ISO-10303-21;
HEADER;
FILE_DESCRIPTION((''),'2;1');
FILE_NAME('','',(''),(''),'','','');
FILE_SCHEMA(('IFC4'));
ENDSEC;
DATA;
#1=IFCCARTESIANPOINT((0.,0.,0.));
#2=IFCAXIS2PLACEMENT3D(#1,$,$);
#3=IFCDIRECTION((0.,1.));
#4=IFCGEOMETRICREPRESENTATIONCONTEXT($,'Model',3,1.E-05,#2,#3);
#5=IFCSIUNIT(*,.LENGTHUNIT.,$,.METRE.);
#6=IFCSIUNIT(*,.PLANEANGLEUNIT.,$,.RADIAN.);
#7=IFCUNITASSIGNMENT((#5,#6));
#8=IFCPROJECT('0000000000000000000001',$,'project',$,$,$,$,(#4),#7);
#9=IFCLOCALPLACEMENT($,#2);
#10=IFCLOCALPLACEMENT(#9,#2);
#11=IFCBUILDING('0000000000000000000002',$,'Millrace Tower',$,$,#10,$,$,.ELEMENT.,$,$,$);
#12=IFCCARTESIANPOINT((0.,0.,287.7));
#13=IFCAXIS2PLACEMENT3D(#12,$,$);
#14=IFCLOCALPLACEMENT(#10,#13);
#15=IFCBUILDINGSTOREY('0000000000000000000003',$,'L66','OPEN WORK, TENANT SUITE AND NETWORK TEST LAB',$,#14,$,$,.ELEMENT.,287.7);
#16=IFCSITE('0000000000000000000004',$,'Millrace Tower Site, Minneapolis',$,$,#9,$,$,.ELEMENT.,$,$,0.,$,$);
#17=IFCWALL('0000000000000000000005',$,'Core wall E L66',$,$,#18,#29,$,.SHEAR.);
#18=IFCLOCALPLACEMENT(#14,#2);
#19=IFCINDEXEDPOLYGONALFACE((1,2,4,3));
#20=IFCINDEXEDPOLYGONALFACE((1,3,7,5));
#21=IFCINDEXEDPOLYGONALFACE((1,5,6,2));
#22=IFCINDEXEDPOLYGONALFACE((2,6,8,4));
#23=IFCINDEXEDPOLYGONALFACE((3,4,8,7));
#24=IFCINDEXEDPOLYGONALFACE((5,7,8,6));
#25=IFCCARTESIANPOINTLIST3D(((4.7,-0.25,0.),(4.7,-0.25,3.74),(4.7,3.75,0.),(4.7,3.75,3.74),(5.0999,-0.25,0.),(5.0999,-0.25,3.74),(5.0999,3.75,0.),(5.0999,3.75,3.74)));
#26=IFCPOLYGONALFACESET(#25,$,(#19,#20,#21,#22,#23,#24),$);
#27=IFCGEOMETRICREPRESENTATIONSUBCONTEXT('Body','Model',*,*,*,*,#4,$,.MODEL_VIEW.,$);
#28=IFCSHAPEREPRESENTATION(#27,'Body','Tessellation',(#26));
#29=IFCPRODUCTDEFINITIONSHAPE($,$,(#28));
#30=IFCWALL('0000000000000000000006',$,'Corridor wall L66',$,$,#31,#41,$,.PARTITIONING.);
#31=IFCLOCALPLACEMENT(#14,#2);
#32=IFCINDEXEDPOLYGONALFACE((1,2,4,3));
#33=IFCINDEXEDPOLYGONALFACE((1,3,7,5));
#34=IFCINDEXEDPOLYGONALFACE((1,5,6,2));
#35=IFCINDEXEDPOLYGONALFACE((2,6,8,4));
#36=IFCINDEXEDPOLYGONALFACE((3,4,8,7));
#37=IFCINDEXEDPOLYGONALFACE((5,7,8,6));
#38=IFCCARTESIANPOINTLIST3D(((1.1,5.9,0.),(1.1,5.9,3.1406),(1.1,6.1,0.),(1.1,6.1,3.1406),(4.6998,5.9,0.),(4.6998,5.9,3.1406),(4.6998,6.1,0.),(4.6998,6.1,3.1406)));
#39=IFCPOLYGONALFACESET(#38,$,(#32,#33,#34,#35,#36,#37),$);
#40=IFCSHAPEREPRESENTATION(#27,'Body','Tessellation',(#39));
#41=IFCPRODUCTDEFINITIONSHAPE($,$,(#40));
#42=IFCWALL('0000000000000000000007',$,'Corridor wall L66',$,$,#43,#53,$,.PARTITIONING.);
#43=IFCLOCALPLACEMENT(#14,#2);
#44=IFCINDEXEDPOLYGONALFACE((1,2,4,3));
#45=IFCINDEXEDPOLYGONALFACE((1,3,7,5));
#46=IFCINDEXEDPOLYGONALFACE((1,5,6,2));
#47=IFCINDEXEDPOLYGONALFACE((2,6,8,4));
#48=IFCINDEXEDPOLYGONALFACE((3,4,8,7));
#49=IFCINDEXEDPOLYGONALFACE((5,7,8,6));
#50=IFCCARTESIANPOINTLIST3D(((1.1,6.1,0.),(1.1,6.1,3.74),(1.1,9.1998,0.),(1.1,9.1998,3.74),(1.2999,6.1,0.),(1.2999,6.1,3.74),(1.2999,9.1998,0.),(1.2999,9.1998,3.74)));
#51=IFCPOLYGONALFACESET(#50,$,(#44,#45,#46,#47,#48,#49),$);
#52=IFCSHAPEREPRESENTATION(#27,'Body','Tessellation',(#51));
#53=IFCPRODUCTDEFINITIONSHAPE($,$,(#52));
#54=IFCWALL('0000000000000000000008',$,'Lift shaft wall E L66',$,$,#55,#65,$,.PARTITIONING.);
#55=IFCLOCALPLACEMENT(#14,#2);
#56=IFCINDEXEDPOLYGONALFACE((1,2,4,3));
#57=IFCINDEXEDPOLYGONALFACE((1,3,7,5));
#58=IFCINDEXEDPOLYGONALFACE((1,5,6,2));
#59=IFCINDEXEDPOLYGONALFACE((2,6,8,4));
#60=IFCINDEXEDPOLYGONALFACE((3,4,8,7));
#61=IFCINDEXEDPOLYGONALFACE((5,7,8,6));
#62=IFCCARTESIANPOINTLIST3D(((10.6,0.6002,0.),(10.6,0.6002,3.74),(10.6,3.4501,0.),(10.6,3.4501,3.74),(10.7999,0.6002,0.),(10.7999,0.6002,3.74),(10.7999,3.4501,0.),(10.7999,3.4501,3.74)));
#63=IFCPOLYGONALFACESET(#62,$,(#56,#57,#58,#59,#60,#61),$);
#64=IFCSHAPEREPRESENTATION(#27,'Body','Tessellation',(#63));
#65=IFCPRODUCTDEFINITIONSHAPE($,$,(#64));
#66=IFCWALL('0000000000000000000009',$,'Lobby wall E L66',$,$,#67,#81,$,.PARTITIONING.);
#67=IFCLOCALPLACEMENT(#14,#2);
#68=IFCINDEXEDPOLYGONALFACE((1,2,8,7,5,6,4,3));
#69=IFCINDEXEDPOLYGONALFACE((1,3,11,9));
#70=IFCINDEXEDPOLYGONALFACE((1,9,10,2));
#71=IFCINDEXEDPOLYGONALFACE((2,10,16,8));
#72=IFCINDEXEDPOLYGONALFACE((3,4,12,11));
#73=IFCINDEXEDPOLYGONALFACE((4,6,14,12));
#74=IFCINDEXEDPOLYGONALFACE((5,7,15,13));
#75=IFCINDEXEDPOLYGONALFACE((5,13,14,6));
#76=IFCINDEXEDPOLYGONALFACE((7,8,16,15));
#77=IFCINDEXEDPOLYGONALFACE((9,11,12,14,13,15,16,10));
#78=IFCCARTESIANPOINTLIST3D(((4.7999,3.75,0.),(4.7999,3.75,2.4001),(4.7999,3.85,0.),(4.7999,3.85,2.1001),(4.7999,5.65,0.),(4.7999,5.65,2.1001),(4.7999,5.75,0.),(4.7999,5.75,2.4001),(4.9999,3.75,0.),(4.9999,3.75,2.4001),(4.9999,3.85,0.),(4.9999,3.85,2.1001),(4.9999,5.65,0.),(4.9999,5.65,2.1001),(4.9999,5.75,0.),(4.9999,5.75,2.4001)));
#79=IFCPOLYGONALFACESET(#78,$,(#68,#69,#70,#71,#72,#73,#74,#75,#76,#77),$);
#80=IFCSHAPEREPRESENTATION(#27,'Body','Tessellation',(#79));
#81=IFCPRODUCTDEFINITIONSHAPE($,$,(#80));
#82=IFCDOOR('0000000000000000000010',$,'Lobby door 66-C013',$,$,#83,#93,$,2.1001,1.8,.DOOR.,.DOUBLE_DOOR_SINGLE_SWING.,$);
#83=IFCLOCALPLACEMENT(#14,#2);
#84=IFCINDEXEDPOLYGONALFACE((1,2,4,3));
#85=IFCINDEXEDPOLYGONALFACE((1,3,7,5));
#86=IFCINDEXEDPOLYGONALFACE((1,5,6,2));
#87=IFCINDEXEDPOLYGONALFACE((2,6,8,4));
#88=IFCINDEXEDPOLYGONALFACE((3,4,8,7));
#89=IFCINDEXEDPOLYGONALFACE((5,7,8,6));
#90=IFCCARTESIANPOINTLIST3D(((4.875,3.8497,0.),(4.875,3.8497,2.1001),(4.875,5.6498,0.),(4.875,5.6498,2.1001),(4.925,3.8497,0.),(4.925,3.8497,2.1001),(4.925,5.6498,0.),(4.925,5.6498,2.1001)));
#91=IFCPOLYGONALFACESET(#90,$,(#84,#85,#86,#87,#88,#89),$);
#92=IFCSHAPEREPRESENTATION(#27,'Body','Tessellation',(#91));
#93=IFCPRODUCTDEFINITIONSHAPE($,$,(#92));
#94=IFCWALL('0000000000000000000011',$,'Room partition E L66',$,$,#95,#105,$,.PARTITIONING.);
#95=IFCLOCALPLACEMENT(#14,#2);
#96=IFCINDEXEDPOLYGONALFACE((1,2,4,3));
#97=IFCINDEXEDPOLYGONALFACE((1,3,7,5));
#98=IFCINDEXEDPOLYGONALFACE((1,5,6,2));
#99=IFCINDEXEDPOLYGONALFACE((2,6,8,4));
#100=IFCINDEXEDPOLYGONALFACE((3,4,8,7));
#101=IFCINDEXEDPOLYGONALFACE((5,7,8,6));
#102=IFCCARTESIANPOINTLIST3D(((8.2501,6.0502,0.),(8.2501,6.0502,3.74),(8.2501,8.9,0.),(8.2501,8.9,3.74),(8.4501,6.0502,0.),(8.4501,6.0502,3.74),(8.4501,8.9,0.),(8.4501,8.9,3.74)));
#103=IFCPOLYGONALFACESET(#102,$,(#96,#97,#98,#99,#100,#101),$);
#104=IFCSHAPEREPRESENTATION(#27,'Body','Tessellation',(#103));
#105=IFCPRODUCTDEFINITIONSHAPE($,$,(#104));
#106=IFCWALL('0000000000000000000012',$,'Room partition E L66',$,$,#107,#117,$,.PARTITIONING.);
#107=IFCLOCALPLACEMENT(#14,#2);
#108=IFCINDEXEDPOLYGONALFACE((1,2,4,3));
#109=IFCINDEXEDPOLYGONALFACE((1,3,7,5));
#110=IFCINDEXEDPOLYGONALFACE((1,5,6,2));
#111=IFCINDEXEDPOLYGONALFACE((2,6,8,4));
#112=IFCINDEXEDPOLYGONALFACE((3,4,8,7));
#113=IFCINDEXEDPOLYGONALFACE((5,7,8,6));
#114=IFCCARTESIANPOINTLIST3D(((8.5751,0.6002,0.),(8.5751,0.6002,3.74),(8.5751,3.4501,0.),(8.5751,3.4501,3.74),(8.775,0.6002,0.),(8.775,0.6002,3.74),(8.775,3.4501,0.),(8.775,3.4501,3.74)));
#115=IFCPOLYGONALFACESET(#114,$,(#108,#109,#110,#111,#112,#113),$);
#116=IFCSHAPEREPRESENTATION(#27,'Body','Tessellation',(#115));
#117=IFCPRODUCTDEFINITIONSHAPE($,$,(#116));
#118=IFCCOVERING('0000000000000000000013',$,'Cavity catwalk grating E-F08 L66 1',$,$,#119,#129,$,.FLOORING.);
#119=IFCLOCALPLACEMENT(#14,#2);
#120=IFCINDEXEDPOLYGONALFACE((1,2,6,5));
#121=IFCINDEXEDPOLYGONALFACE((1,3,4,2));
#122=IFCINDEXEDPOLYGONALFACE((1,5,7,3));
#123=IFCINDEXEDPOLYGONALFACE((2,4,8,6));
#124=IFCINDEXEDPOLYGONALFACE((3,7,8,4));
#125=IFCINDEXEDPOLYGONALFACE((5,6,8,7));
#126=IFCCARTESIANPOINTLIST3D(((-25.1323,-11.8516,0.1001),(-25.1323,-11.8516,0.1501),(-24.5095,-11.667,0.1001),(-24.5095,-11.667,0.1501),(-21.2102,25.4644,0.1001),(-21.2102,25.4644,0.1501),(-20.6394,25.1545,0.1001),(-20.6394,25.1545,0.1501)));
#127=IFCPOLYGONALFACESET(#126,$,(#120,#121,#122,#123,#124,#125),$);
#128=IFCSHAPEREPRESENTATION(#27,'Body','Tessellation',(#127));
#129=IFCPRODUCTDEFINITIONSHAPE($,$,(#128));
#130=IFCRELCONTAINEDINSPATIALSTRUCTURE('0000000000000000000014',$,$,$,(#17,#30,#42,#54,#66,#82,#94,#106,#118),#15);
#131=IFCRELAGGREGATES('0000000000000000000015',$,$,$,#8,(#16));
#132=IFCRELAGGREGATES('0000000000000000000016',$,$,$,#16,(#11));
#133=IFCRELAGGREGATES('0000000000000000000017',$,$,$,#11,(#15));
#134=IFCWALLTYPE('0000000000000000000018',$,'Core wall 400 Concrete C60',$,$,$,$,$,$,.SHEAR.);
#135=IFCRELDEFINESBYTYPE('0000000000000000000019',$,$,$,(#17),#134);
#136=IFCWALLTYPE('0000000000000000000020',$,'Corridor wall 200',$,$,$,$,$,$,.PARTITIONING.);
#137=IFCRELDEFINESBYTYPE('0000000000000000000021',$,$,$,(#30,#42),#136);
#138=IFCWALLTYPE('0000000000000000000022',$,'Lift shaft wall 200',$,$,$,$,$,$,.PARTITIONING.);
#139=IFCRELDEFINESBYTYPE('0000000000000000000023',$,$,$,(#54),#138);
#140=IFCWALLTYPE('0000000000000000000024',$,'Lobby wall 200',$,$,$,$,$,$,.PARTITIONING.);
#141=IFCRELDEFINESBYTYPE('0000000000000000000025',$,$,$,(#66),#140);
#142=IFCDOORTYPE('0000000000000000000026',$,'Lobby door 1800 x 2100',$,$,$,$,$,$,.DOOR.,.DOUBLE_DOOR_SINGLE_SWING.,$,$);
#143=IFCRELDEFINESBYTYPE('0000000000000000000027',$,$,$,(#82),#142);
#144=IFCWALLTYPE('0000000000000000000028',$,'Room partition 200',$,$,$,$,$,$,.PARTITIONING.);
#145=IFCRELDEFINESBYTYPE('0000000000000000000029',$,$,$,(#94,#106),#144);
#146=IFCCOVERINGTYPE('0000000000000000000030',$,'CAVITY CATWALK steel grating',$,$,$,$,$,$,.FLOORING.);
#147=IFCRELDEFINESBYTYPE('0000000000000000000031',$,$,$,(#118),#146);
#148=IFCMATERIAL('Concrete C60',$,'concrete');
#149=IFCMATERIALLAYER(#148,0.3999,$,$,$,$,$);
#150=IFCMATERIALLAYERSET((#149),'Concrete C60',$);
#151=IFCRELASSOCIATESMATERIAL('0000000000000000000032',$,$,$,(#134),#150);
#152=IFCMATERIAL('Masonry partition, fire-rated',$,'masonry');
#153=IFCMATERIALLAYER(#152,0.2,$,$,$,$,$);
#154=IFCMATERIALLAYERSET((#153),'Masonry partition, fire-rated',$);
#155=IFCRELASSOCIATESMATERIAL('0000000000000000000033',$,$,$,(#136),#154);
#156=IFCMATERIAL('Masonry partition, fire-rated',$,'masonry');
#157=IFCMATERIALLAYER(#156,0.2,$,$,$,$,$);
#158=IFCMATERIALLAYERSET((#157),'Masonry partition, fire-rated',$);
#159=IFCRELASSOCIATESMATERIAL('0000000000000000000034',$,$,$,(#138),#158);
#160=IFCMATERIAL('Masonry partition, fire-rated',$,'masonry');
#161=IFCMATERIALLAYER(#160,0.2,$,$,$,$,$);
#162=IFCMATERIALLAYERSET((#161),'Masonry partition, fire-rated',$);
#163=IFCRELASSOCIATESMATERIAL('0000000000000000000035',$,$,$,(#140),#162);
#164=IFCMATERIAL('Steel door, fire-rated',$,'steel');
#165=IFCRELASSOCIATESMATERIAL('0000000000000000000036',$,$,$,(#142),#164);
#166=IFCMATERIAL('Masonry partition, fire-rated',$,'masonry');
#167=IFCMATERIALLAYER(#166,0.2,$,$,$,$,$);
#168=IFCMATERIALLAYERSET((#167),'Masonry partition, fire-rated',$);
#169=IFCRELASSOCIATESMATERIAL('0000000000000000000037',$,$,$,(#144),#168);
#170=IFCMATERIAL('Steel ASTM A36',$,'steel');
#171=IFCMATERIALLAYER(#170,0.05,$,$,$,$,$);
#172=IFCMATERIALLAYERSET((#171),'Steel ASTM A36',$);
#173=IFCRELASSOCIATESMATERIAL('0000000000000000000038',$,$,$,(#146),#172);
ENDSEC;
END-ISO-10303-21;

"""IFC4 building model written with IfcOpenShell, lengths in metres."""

from ifc_helpers import new_model, si_unit, direction, frame, frame_2d, origin, place, context, subcontext, project, spatial, polyline, rectangle, outline, extrude, material, layer, layer_set, type_object, element, fill, save


model = new_model("IFC4")

# Units and contexts
model_context = context("Model", 3, precision=1e-05, world=origin(), true_north=direction((0.0, 1.0)))
body_context = subcontext(model_context, "Body", "Model", "MODEL_VIEW")
ifc_project = project(units=[si_unit("LENGTHUNIT", "METRE"), si_unit("PLANEANGLEUNIT", "RADIAN")], contexts=[model_context])

# Site, building, storey
site_placement = place(None, origin())
site = spatial("IfcSite", under=ifc_project, at=site_placement, Name="Millrace Tower Site, Minneapolis", CompositionType="ELEMENT", RefElevation=0.0)
building_placement = place(site_placement, origin())
building = spatial("IfcBuilding", under=site, at=building_placement, Name="Millrace Tower", CompositionType="ELEMENT")
storey_placement = place(building_placement, frame((0.0, 0.0, 287.7)))
storey = spatial("IfcBuildingStorey", under=building, at=storey_placement, Name="L66", Description="OPEN WORK, TENANT SUITE AND NETWORK TEST LAB", CompositionType="ELEMENT", Elevation=287.7)

# Walls
ifc_material_1 = material(Name="Concrete C60", Category="concrete")
ifc_layer_1 = layer(ifc_material_1, 0.3999)
ifc_layer_set_1 = layer_set([ifc_layer_1], Name="Concrete C60")
wall_type_1 = type_object("IfcWallType", Name="Core wall 400 Concrete C60", PredefinedType="SHEAR", material=ifc_layer_set_1)
wall_1_placement = place(storey_placement, frame((4.8999, 3.75, 0.0), z_axis=(0.0, 0.0, 1.0), x_axis=(0.0, -1.0, 0.0)))
element("IfcWall", 1, at=wall_1_placement, inside=storey, type_object=wall_type_1, Name="Core wall E L66", PredefinedType="SHEAR", context=body_context, shape_type="SweptSolid", body=[
    extrude(rectangle(XDim=4.0, YDim=0.3999, at=frame_2d((2.0, 0.0))), origin(), (0.0, 0.0, 1.0), 3.74),
])
ifc_material_2 = material(Name="Masonry partition, fire-rated", Category="masonry")
ifc_layer_2 = layer(ifc_material_2, 0.2)
ifc_layer_set_2 = layer_set([ifc_layer_2], Name="Masonry partition, fire-rated")
wall_type_2 = type_object("IfcWallType", Name="Corridor wall 200", PredefinedType="PARTITIONING", material=ifc_layer_set_2)
wall_2_placement = place(storey_placement, frame((1.1001, 6.0, 0.0), z_axis=(0.0, 0.0, 1.0), x_axis=(1.0, 0.0, 0.0)))
element("IfcWall", 2, at=wall_2_placement, inside=storey, type_object=wall_type_2, Name="Corridor wall L66", PredefinedType="PARTITIONING", context=body_context, shape_type="SweptSolid", body=[
    extrude(rectangle(XDim=3.5999, YDim=0.2, at=frame_2d((1.7998, 0.0))), origin(), (0.0, 0.0, 1.0), 3.1406),
])
wall_3_placement = place(storey_placement, frame((1.2, 6.1001, 0.0), z_axis=(0.0, 0.0, 1.0), x_axis=(0.0, 1.0, 0.0)))
element("IfcWall", 3, at=wall_3_placement, inside=storey, type_object=wall_type_2, Name="Corridor wall L66", PredefinedType="PARTITIONING", context=body_context, shape_type="SweptSolid", body=[
    extrude(rectangle(XDim=3.0999, YDim=0.2, at=frame_2d((1.5498, 0.0))), origin(), (0.0, 0.0, 1.0), 3.74),
])
ifc_material_3 = material(Name="Masonry partition, fire-rated", Category="masonry")
ifc_layer_3 = layer(ifc_material_3, 0.2)
ifc_layer_set_3 = layer_set([ifc_layer_3], Name="Masonry partition, fire-rated")
wall_type_3 = type_object("IfcWallType", Name="Lift shaft wall 200", PredefinedType="PARTITIONING", material=ifc_layer_set_3)
wall_4_placement = place(storey_placement, frame((10.7, 3.45, 0.0), z_axis=(0.0, 0.0, 1.0), x_axis=(0.0, -1.0, 0.0)))
element("IfcWall", 4, at=wall_4_placement, inside=storey, type_object=wall_type_3, Name="Lift shaft wall E L66", PredefinedType="PARTITIONING", context=body_context, shape_type="SweptSolid", body=[
    extrude(rectangle(XDim=2.8499, YDim=0.2, at=frame_2d((1.4248, 0.0))), origin(), (0.0, 0.0, 1.0), 3.74),
])

# Wall, opening, door
ifc_material_4 = material(Name="Masonry partition, fire-rated", Category="masonry")
ifc_layer_4 = layer(ifc_material_4, 0.2)
ifc_layer_set_4 = layer_set([ifc_layer_4], Name="Masonry partition, fire-rated")
wall_type_4 = type_object("IfcWallType", Name="Lobby wall 200", PredefinedType="PARTITIONING", material=ifc_layer_set_4)
wall_5_placement = place(storey_placement, frame((4.8999, 5.75, 0.0), z_axis=(0.0, 0.0, 1.0), x_axis=(0.0, -1.0, 0.0)))
wall_5 = element("IfcWall", 5, at=wall_5_placement, inside=storey, type_object=wall_type_4, Name="Lobby wall E L66", PredefinedType="PARTITIONING", context=body_context, shape_type="SweptSolid", body=[
    extrude(rectangle(XDim=2.0, YDim=0.2, at=frame_2d((1.0, 0.0))), origin(), (0.0, 0.0, 1.0), 2.4001),
])
opening_placement = place(wall_5_placement, frame((0.1001, 0.0, 0.0)))
opening = element("IfcOpeningElement", 6, at=opening_placement, cuts=wall_5, PredefinedType="OPENING", context=body_context, shape_type="SweptSolid", body=[
    extrude(rectangle(XDim=1.8, YDim=2.1001, at=frame_2d((0.8999, 1.05))), frame((0.0, 0.1099, 0.0), z_axis=(0.0, -1.0, 0.0), x_axis=(1.0, 0.0, 0.0)), (0.0, 0.0, 1.0), 0.22),
])
ifc_material_5 = material(Name="Steel door, fire-rated", Category="steel")
door_type = type_object("IfcDoorType", Name="Lobby door 1800 x 2100", OperationType="DOUBLE_DOOR_SINGLE_SWING", PredefinedType="DOOR", material=ifc_material_5)
door_placement = place(opening_placement, frame((1.8, 0.0, 0.0), z_axis=(0.0, 0.0, 1.0), x_axis=(-1.0, 0.0, 0.0)))
door = element("IfcDoor", 7, at=door_placement, inside=storey, type_object=door_type, Name="Lobby door 66-C013", OperationType="DOUBLE_DOOR_SINGLE_SWING", OverallHeight=2.1001, OverallWidth=1.8, PredefinedType="DOOR", context=body_context, shape_type="SweptSolid", body=[
    extrude(rectangle(XDim=1.8, YDim=2.1001, at=frame_2d((0.8999, 1.05))), frame((0.0, 0.0249, 0.0), z_axis=(0.0, -1.0, 0.0), x_axis=(1.0, 0.0, 0.0)), (0.0, 0.0, 1.0), 0.05),
])
fill(opening, door)

# Walls
ifc_material_6 = material(Name="Masonry partition, fire-rated", Category="masonry")
ifc_layer_5 = layer(ifc_material_6, 0.2)
ifc_layer_set_5 = layer_set([ifc_layer_5], Name="Masonry partition, fire-rated")
wall_type_5 = type_object("IfcWallType", Name="Room partition 200", PredefinedType="PARTITIONING", material=ifc_layer_set_5)
for number, where, z_axis, x_axis, name in (
    (8, (8.3501, 8.8999, 0.0), (0.0, 0.0, 1.0), (0.0, -1.0, 0.0), "Room partition E L66"),
    (9, (8.675, 3.45, 0.0), (0.0, 0.0, 1.0), (0.0, -1.0, 0.0), "Room partition E L66"),
):
    element("IfcWall", number, at=place(storey_placement, frame(where, z_axis=z_axis, x_axis=x_axis)), inside=storey, type_object=wall_type_5, Name=name, PredefinedType="PARTITIONING", context=body_context, shape_type="SweptSolid", body=[
        extrude(rectangle(XDim=2.8499, YDim=0.2, at=frame_2d((1.4248, 0.0))), origin(), (0.0, 0.0, 1.0), 3.74),
    ])

# Covering
ifc_material_7 = material(Name="Steel ASTM A36", Category="steel")
ifc_layer_6 = layer(ifc_material_7, 0.05)
ifc_layer_set_6 = layer_set([ifc_layer_6], Name="Steel ASTM A36")
covering_type = type_object("IfcCoveringType", Name="CAVITY CATWALK steel grating", PredefinedType="FLOORING", material=ifc_layer_set_6)
covering_placement = place(storey_placement, frame((0.0, 0.0, 0.1001)))
element("IfcCovering", 10, at=covering_placement, inside=storey, type_object=covering_type, Name="Cavity catwalk grating E-F08 L66 1", PredefinedType="FLOORING", context=body_context, shape_type="SweptSolid", body=[
    extrude(outline(polyline([(-21.2102, 25.4644), (-25.1323, -11.8516), (-24.5095, -11.667), (-20.6394, 25.1545), (-21.2102, 25.4644)])), origin(), (0.0, 0.0, 1.0), 0.05),
])

save(model, "model.ifc")
